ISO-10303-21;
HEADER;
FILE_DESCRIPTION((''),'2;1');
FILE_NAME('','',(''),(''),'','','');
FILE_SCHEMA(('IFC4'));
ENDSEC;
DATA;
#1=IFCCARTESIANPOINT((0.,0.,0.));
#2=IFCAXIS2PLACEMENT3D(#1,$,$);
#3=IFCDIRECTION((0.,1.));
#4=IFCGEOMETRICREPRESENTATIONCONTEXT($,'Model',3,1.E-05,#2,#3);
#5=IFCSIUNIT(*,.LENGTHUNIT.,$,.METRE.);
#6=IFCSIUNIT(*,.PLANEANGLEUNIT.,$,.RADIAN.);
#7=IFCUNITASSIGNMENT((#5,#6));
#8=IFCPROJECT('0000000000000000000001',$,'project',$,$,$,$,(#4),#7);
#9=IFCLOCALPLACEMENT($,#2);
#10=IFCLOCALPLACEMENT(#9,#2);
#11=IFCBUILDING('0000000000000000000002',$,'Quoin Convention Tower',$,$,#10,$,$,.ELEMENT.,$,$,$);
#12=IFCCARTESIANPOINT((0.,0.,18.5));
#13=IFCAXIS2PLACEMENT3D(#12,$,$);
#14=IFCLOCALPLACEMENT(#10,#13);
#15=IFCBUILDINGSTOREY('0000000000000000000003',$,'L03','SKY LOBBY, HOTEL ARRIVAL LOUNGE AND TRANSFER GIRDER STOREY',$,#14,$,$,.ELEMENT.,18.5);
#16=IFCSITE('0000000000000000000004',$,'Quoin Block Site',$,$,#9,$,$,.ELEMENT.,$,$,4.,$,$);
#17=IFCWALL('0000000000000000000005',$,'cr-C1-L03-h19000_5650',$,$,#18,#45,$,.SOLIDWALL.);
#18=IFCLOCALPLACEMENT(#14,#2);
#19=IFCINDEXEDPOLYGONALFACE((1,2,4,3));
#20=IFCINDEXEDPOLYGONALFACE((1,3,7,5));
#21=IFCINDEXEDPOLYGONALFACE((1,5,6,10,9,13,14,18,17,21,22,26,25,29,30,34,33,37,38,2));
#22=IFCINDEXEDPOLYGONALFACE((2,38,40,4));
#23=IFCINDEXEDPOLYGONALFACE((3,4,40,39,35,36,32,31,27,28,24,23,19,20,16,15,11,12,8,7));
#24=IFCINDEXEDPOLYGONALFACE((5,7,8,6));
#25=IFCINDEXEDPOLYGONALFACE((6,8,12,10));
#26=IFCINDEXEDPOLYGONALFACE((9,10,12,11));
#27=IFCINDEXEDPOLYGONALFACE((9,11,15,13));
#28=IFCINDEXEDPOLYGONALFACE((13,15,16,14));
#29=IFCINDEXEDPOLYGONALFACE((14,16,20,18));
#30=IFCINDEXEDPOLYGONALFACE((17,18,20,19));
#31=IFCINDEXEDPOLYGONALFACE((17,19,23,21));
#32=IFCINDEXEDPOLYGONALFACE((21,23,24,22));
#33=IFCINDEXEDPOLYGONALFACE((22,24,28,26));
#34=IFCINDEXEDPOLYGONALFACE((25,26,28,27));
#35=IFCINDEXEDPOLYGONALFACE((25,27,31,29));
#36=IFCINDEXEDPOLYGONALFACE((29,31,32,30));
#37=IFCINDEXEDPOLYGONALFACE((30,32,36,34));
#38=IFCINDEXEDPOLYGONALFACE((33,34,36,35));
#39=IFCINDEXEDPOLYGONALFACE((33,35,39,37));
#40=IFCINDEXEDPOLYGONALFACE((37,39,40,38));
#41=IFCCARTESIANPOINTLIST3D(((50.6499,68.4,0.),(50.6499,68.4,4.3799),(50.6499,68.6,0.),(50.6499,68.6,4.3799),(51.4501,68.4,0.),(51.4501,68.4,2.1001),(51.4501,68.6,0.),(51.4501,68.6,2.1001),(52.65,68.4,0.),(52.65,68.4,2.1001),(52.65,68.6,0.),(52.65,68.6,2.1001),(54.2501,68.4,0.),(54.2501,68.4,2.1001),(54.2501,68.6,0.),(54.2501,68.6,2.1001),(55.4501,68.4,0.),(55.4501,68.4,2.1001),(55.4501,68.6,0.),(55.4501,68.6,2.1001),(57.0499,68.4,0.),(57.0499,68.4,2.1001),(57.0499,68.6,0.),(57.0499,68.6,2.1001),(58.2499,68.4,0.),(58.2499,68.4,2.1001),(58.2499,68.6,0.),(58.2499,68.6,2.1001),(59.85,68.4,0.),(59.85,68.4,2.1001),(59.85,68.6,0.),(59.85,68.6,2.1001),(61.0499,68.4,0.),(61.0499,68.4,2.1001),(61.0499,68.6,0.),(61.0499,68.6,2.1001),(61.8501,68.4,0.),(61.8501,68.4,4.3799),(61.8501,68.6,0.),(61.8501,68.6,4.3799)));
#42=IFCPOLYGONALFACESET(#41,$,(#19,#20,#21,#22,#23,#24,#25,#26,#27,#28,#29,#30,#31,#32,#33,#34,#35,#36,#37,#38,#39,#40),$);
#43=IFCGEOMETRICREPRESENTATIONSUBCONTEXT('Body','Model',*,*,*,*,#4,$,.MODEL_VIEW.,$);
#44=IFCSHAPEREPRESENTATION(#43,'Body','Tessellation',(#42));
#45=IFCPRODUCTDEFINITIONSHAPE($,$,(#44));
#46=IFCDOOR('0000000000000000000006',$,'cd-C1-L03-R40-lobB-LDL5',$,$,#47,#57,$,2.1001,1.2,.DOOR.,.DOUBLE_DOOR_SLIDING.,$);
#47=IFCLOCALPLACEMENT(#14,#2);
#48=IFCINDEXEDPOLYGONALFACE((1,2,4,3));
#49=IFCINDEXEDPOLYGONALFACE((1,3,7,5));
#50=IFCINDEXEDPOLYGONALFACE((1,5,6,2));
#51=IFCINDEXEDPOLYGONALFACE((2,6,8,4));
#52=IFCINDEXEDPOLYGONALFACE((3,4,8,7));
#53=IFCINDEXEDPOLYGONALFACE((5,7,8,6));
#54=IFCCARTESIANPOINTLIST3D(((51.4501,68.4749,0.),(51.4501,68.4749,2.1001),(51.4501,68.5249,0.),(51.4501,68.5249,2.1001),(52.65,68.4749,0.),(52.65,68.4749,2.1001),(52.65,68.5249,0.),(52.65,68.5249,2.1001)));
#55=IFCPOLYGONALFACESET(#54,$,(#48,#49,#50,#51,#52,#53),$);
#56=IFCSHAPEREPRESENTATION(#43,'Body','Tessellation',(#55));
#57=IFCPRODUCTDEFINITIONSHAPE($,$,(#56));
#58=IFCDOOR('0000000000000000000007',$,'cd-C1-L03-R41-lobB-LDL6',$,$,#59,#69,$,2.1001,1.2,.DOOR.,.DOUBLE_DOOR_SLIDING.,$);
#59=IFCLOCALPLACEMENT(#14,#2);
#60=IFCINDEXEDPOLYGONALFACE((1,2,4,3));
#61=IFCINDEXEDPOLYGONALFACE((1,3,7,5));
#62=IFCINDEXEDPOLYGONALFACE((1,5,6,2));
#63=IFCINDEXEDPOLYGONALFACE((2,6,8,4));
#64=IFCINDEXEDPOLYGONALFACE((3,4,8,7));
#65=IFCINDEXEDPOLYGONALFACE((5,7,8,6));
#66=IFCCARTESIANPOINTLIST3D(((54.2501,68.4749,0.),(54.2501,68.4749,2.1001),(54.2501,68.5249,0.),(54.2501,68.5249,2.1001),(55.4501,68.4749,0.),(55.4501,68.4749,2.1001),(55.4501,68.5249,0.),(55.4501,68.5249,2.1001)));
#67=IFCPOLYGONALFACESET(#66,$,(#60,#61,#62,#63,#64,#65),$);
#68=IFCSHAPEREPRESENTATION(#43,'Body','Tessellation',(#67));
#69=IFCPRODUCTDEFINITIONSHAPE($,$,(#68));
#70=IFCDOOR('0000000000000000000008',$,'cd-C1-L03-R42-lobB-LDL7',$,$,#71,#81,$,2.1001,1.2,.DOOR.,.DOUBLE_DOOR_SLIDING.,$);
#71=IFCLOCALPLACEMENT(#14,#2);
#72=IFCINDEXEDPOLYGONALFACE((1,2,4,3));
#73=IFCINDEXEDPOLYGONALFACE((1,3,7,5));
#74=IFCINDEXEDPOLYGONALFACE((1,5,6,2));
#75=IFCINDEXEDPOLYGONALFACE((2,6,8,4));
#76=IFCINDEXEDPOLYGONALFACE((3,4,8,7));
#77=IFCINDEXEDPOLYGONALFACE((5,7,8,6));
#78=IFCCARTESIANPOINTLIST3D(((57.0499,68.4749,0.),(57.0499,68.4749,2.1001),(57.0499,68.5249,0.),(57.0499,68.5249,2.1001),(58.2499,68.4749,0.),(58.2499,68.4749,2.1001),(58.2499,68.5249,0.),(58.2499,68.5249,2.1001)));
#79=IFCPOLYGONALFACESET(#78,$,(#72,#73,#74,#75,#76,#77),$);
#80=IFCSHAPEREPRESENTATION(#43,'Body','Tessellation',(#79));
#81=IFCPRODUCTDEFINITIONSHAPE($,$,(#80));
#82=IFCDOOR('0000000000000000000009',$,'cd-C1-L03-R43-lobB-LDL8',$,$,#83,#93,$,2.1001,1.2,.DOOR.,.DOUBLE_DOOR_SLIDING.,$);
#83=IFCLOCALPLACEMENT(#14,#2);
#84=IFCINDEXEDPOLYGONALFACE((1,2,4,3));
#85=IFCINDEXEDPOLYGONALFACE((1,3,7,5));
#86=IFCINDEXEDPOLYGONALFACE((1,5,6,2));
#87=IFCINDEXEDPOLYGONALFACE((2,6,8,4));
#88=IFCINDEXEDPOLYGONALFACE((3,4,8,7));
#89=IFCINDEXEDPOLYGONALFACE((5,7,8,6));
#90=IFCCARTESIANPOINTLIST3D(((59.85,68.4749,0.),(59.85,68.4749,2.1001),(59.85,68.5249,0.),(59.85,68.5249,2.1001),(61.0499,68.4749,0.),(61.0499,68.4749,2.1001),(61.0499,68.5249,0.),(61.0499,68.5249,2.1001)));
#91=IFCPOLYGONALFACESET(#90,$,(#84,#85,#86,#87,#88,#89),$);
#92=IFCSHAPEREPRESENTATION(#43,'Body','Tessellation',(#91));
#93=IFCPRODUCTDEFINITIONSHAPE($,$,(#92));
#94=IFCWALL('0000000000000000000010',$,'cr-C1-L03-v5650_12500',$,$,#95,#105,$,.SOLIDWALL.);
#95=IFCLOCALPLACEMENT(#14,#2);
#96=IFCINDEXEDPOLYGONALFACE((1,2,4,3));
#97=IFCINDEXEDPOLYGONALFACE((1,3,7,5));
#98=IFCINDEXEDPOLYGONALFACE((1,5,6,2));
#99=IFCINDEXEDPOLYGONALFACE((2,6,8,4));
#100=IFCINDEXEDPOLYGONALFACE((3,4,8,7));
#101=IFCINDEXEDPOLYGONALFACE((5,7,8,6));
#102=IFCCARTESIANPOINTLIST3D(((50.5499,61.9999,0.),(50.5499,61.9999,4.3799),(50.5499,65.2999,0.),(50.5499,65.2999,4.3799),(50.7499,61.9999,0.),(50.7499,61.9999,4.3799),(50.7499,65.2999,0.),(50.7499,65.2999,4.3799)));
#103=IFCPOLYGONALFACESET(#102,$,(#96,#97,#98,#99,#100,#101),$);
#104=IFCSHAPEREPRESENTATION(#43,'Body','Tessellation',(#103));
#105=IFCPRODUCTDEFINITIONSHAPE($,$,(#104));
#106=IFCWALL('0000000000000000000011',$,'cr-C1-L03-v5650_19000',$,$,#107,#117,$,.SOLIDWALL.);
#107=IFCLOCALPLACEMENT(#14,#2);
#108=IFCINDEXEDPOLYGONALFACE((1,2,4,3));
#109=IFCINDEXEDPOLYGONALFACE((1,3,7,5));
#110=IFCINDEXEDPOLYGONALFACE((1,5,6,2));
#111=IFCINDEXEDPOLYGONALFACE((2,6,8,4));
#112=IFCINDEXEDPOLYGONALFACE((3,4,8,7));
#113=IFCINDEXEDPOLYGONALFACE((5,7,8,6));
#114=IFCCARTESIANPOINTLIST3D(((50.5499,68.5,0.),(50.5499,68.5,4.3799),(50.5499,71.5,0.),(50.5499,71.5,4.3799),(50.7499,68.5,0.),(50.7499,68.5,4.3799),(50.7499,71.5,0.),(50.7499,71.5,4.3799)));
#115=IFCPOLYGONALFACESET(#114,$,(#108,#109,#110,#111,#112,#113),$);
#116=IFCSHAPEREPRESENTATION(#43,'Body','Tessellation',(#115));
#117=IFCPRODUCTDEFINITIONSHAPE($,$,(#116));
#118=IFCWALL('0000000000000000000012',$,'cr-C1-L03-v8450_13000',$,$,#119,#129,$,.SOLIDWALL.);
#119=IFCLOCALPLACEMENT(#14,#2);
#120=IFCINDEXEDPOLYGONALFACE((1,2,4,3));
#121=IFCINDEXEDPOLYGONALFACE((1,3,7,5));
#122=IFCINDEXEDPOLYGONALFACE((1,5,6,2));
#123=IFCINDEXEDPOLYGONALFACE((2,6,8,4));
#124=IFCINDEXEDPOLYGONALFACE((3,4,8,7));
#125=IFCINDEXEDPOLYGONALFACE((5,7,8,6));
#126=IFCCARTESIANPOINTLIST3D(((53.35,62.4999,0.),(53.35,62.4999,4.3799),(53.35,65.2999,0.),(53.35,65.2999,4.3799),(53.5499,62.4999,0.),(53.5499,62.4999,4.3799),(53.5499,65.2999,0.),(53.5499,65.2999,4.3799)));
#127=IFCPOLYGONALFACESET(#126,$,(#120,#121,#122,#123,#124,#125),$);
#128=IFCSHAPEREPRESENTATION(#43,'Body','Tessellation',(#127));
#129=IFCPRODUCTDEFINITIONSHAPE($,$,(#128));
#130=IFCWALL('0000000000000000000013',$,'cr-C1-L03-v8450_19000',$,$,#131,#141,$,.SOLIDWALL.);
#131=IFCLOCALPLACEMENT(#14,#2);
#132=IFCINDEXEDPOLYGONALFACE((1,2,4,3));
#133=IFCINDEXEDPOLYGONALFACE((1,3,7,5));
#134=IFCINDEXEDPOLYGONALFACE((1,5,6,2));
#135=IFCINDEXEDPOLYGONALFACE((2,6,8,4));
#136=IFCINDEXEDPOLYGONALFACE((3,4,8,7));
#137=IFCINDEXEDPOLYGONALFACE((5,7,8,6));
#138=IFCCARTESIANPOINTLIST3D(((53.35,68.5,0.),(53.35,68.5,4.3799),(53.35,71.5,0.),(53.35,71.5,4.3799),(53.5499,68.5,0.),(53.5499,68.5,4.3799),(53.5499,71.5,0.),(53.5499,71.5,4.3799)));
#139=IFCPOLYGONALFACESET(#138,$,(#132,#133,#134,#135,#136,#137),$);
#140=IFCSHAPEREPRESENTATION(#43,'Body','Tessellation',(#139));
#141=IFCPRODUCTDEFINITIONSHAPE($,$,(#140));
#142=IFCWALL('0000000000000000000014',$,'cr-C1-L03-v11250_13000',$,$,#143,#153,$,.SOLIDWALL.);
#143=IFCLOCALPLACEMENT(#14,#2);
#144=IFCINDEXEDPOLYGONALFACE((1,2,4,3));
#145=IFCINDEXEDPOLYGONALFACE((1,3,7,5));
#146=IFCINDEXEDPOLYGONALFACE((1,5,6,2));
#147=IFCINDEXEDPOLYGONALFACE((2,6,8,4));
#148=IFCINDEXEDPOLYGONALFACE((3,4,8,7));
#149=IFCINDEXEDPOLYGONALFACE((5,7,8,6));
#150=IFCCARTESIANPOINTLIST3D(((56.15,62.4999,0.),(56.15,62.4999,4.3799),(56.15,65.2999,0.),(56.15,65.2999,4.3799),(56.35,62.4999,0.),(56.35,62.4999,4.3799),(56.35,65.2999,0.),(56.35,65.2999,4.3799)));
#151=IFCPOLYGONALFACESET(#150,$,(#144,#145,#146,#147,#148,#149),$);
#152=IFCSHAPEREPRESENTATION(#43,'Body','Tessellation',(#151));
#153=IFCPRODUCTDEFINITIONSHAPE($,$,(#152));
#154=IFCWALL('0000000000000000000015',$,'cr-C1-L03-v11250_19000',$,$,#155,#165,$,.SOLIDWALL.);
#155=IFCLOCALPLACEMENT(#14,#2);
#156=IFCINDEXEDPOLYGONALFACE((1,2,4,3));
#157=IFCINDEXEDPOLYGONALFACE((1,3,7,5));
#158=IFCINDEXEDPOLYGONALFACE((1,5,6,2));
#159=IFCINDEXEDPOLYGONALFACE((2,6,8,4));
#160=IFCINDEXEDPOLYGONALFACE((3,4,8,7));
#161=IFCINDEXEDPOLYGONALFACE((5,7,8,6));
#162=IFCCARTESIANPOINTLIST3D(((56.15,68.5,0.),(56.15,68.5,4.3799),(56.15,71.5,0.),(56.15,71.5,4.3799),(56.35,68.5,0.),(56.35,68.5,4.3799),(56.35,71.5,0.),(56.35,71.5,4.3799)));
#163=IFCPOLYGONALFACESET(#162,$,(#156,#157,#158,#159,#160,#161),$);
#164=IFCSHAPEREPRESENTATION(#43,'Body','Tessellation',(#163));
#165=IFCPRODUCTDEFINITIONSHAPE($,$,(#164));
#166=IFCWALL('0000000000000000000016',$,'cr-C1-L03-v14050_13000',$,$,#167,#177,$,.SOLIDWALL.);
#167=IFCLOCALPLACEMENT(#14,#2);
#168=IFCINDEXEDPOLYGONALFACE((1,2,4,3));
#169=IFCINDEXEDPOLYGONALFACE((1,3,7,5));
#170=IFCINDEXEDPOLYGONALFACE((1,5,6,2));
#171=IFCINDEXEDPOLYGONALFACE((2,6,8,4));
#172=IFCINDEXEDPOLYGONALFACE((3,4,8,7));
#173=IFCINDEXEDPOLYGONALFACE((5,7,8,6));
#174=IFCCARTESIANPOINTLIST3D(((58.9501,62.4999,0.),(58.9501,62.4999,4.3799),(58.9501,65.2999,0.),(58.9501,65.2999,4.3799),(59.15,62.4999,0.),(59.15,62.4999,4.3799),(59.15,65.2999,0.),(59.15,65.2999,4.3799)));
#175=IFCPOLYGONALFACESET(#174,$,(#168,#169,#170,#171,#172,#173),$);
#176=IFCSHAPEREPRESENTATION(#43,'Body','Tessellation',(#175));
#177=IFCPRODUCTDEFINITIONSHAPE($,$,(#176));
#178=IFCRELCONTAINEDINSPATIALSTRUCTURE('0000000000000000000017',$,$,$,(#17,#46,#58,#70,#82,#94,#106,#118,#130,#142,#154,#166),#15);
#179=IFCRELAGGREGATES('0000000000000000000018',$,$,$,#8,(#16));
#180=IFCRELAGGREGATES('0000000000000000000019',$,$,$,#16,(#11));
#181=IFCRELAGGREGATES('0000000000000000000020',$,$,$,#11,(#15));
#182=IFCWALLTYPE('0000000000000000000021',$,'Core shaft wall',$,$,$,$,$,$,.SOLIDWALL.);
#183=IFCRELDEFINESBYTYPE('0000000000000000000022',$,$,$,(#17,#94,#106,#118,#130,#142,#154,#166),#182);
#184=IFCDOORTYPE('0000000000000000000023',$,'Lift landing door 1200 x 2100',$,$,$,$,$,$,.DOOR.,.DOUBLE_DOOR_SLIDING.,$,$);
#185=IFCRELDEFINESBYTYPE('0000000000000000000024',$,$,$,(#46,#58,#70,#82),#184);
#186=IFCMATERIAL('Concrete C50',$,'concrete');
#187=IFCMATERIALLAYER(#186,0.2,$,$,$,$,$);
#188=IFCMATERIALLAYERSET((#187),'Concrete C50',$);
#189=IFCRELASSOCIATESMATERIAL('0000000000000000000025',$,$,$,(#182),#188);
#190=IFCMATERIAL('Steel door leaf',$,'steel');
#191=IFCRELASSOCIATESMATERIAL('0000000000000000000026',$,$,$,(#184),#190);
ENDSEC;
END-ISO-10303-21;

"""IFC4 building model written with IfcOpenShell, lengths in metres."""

from ifc_helpers import new_model, si_unit, direction, frame, frame_2d, origin, place, context, subcontext, project, spatial, rectangle, extrude, material, layer, layer_set, type_object, element, fill, save


model = new_model("IFC4")

# Units and contexts
model_context = context("Model", 3, precision=1e-05, world=origin(), true_north=direction((0.0, 1.0)))
body_context = subcontext(model_context, "Body", "Model", "MODEL_VIEW")
ifc_project = project(units=[si_unit("LENGTHUNIT", "METRE"), si_unit("PLANEANGLEUNIT", "RADIAN")], contexts=[model_context])

# Site, building, storey
site_placement = place(None, origin())
site = spatial("IfcSite", under=ifc_project, at=site_placement, Name="Quoin Block Site", CompositionType="ELEMENT", RefElevation=4.0)
building_placement = place(site_placement, origin())
building = spatial("IfcBuilding", under=site, at=building_placement, Name="Quoin Convention Tower", CompositionType="ELEMENT")
storey_placement = place(building_placement, frame((0.0, 0.0, 18.5)))
storey = spatial("IfcBuildingStorey", under=building, at=storey_placement, Name="L03", Description="SKY LOBBY, HOTEL ARRIVAL LOUNGE AND TRANSFER GIRDER STOREY", CompositionType="ELEMENT", Elevation=18.5)

# Shared definitions
ifc_material_1 = material(Name="Steel door leaf", Category="steel")

# Shared definitions
ifc_material_2 = material(Name="Concrete C50", Category="concrete")
ifc_layer_1 = layer(ifc_material_2, 0.2)
ifc_layer_set_1 = layer_set([ifc_layer_1], Name="Concrete C50")
wall_type_1 = type_object("IfcWallType", Name="Core shaft wall", PredefinedType="SOLIDWALL", material=ifc_layer_set_1)

# Wall, openings, doors
wall_1_placement = place(storey_placement, frame((50.6499, 68.5, 0.0), z_axis=(0.0, 0.0, 1.0), x_axis=(1.0, 0.0, 0.0)))
wall_1 = element("IfcWall", 1, at=wall_1_placement, inside=storey, type_object=wall_type_1, Name="cr-C1-L03-h19000_5650", PredefinedType="SOLIDWALL", context=body_context, shape_type="SweptSolid", body=[
    extrude(rectangle(XDim=11.2002, YDim=0.2, at=frame_2d((5.6001, 0.0))), origin(), (0.0, 0.0, 1.0), 4.3799),
])
opening_1_placement = place(wall_1_placement, frame((0.8, 0.0, 0.0)))
opening_1 = element("IfcOpeningElement", 2, at=opening_1_placement, cuts=wall_1, PredefinedType="OPENING", context=body_context, shape_type="SweptSolid", body=[
    extrude(rectangle(XDim=1.2, YDim=2.1001, at=frame_2d((0.6001, 1.05))), frame((0.0, 0.1099, 0.0), z_axis=(0.0, -1.0, 0.0), x_axis=(1.0, 0.0, 0.0)), (0.0, 0.0, 1.0), 0.22),
])
opening_2_placement = place(wall_1_placement, frame((3.6001, 0.0, 0.0)))
opening_2 = element("IfcOpeningElement", 3, at=opening_2_placement, cuts=wall_1, PredefinedType="OPENING", context=body_context, shape_type="SweptSolid", body=[
    extrude(rectangle(XDim=1.2, YDim=2.1001, at=frame_2d((0.6001, 1.05))), frame((0.0, 0.1099, 0.0), z_axis=(0.0, -1.0, 0.0), x_axis=(1.0, 0.0, 0.0)), (0.0, 0.0, 1.0), 0.22),
])
opening_3_placement = place(wall_1_placement, frame((6.3999, 0.0, 0.0)))
opening_3 = element("IfcOpeningElement", 4, at=opening_3_placement, cuts=wall_1, PredefinedType="OPENING", context=body_context, shape_type="SweptSolid", body=[
    extrude(rectangle(XDim=1.2, YDim=2.1001, at=frame_2d((0.6001, 1.05))), frame((0.0, 0.1099, 0.0), z_axis=(0.0, -1.0, 0.0), x_axis=(1.0, 0.0, 0.0)), (0.0, 0.0, 1.0), 0.22),
])
opening_4_placement = place(wall_1_placement, frame((9.2, 0.0, 0.0)))
opening_4 = element("IfcOpeningElement", 5, at=opening_4_placement, cuts=wall_1, PredefinedType="OPENING", context=body_context, shape_type="SweptSolid", body=[
    extrude(rectangle(XDim=1.2, YDim=2.1001, at=frame_2d((0.6001, 1.05))), frame((0.0, 0.1099, 0.0), z_axis=(0.0, -1.0, 0.0), x_axis=(1.0, 0.0, 0.0)), (0.0, 0.0, 1.0), 0.22),
])
door_type_1 = type_object("IfcDoorType", Name="Lift landing door 1200 x 2100", OperationType="DOUBLE_DOOR_SLIDING", PredefinedType="DOOR", material=ifc_material_1)
door_1_placement = place(opening_1_placement, origin())
door_1 = element("IfcDoor", 6, at=door_1_placement, inside=storey, type_object=door_type_1, Name="cd-C1-L03-R40-lobB-LDL5", OperationType="DOUBLE_DOOR_SLIDING", OverallHeight=2.1001, OverallWidth=1.2, PredefinedType="DOOR", context=body_context, shape_type="SweptSolid", body=[
    extrude(rectangle(XDim=1.2, YDim=2.1001, at=frame_2d((0.6001, 1.05))), frame((0.0, 0.0249, 0.0), z_axis=(0.0, -1.0, 0.0), x_axis=(1.0, 0.0, 0.0)), (0.0, 0.0, 1.0), 0.05),
])
fill(opening_1, door_1)
door_2_placement = place(opening_2_placement, origin())
door_2 = element("IfcDoor", 7, at=door_2_placement, inside=storey, type_object=door_type_1, Name="cd-C1-L03-R41-lobB-LDL6", OperationType="DOUBLE_DOOR_SLIDING", OverallHeight=2.1001, OverallWidth=1.2, PredefinedType="DOOR", context=body_context, shape_type="SweptSolid", body=[
    extrude(rectangle(XDim=1.2, YDim=2.1001, at=frame_2d((0.6001, 1.05))), frame((0.0, 0.0249, 0.0), z_axis=(0.0, -1.0, 0.0), x_axis=(1.0, 0.0, 0.0)), (0.0, 0.0, 1.0), 0.05),
])
fill(opening_2, door_2)
door_3_placement = place(opening_3_placement, origin())
door_3 = element("IfcDoor", 8, at=door_3_placement, inside=storey, type_object=door_type_1, Name="cd-C1-L03-R42-lobB-LDL7", OperationType="DOUBLE_DOOR_SLIDING", OverallHeight=2.1001, OverallWidth=1.2, PredefinedType="DOOR", context=body_context, shape_type="SweptSolid", body=[
    extrude(rectangle(XDim=1.2, YDim=2.1001, at=frame_2d((0.6001, 1.05))), frame((0.0, 0.0249, 0.0), z_axis=(0.0, -1.0, 0.0), x_axis=(1.0, 0.0, 0.0)), (0.0, 0.0, 1.0), 0.05),
])
fill(opening_3, door_3)
door_4_placement = place(opening_4_placement, origin())
door_4 = element("IfcDoor", 9, at=door_4_placement, inside=storey, type_object=door_type_1, Name="cd-C1-L03-R43-lobB-LDL8", OperationType="DOUBLE_DOOR_SLIDING", OverallHeight=2.1001, OverallWidth=1.2, PredefinedType="DOOR", context=body_context, shape_type="SweptSolid", body=[
    extrude(rectangle(XDim=1.2, YDim=2.1001, at=frame_2d((0.6001, 1.05))), frame((0.0, 0.0249, 0.0), z_axis=(0.0, -1.0, 0.0), x_axis=(1.0, 0.0, 0.0)), (0.0, 0.0, 1.0), 0.05),
])
fill(opening_4, door_4)

# Walls
wall_2_placement = place(storey_placement, frame((50.6499, 62.0, 0.0), z_axis=(0.0, 0.0, 1.0), x_axis=(0.0, 1.0, 0.0)))
element("IfcWall", 10, at=wall_2_placement, inside=storey, type_object=wall_type_1, Name="cr-C1-L03-v5650_12500", PredefinedType="SOLIDWALL", context=body_context, shape_type="SweptSolid", body=[
    extrude(rectangle(XDim=3.3, YDim=0.2, at=frame_2d((1.6499, 0.0))), origin(), (0.0, 0.0, 1.0), 4.3799),
])
wall_3_placement = place(storey_placement, frame((50.6499, 68.5, 0.0), z_axis=(0.0, 0.0, 1.0), x_axis=(0.0, 1.0, 0.0)))
element("IfcWall", 11, at=wall_3_placement, inside=storey, type_object=wall_type_1, Name="cr-C1-L03-v5650_19000", PredefinedType="SOLIDWALL", context=body_context, shape_type="SweptSolid", body=[
    extrude(rectangle(XDim=3.0, YDim=0.2, at=frame_2d((1.5, 0.0))), origin(), (0.0, 0.0, 1.0), 4.3799),
])
wall_4_placement = place(storey_placement, frame((53.45, 62.5, 0.0), z_axis=(0.0, 0.0, 1.0), x_axis=(0.0, 1.0, 0.0)))
element("IfcWall", 12, at=wall_4_placement, inside=storey, type_object=wall_type_1, Name="cr-C1-L03-v8450_13000", PredefinedType="SOLIDWALL", context=body_context, shape_type="SweptSolid", body=[
    extrude(rectangle(XDim=2.8, YDim=0.2, at=frame_2d((1.3999, 0.0))), origin(), (0.0, 0.0, 1.0), 4.3799),
])
wall_5_placement = place(storey_placement, frame((53.45, 68.5, 0.0), z_axis=(0.0, 0.0, 1.0), x_axis=(0.0, 1.0, 0.0)))
element("IfcWall", 13, at=wall_5_placement, inside=storey, type_object=wall_type_1, Name="cr-C1-L03-v8450_19000", PredefinedType="SOLIDWALL", context=body_context, shape_type="SweptSolid", body=[
    extrude(rectangle(XDim=3.0, YDim=0.2, at=frame_2d((1.5, 0.0))), origin(), (0.0, 0.0, 1.0), 4.3799),
])
wall_6_placement = place(storey_placement, frame((56.25, 62.5, 0.0), z_axis=(0.0, 0.0, 1.0), x_axis=(0.0, 1.0, 0.0)))
element("IfcWall", 14, at=wall_6_placement, inside=storey, type_object=wall_type_1, Name="cr-C1-L03-v11250_13000", PredefinedType="SOLIDWALL", context=body_context, shape_type="SweptSolid", body=[
    extrude(rectangle(XDim=2.8, YDim=0.2, at=frame_2d((1.3999, 0.0))), origin(), (0.0, 0.0, 1.0), 4.3799),
])
wall_7_placement = place(storey_placement, frame((56.25, 68.5, 0.0), z_axis=(0.0, 0.0, 1.0), x_axis=(0.0, 1.0, 0.0)))
element("IfcWall", 15, at=wall_7_placement, inside=storey, type_object=wall_type_1, Name="cr-C1-L03-v11250_19000", PredefinedType="SOLIDWALL", context=body_context, shape_type="SweptSolid", body=[
    extrude(rectangle(XDim=3.0, YDim=0.2, at=frame_2d((1.5, 0.0))), origin(), (0.0, 0.0, 1.0), 4.3799),
])
wall_8_placement = place(storey_placement, frame((59.05, 62.5, 0.0), z_axis=(0.0, 0.0, 1.0), x_axis=(0.0, 1.0, 0.0)))
element("IfcWall", 16, at=wall_8_placement, inside=storey, type_object=wall_type_1, Name="cr-C1-L03-v14050_13000", PredefinedType="SOLIDWALL", context=body_context, shape_type="SweptSolid", body=[
    extrude(rectangle(XDim=2.8, YDim=0.2, at=frame_2d((1.3999, 0.0))), origin(), (0.0, 0.0, 1.0), 4.3799),
])

save(model, "model.ifc")
